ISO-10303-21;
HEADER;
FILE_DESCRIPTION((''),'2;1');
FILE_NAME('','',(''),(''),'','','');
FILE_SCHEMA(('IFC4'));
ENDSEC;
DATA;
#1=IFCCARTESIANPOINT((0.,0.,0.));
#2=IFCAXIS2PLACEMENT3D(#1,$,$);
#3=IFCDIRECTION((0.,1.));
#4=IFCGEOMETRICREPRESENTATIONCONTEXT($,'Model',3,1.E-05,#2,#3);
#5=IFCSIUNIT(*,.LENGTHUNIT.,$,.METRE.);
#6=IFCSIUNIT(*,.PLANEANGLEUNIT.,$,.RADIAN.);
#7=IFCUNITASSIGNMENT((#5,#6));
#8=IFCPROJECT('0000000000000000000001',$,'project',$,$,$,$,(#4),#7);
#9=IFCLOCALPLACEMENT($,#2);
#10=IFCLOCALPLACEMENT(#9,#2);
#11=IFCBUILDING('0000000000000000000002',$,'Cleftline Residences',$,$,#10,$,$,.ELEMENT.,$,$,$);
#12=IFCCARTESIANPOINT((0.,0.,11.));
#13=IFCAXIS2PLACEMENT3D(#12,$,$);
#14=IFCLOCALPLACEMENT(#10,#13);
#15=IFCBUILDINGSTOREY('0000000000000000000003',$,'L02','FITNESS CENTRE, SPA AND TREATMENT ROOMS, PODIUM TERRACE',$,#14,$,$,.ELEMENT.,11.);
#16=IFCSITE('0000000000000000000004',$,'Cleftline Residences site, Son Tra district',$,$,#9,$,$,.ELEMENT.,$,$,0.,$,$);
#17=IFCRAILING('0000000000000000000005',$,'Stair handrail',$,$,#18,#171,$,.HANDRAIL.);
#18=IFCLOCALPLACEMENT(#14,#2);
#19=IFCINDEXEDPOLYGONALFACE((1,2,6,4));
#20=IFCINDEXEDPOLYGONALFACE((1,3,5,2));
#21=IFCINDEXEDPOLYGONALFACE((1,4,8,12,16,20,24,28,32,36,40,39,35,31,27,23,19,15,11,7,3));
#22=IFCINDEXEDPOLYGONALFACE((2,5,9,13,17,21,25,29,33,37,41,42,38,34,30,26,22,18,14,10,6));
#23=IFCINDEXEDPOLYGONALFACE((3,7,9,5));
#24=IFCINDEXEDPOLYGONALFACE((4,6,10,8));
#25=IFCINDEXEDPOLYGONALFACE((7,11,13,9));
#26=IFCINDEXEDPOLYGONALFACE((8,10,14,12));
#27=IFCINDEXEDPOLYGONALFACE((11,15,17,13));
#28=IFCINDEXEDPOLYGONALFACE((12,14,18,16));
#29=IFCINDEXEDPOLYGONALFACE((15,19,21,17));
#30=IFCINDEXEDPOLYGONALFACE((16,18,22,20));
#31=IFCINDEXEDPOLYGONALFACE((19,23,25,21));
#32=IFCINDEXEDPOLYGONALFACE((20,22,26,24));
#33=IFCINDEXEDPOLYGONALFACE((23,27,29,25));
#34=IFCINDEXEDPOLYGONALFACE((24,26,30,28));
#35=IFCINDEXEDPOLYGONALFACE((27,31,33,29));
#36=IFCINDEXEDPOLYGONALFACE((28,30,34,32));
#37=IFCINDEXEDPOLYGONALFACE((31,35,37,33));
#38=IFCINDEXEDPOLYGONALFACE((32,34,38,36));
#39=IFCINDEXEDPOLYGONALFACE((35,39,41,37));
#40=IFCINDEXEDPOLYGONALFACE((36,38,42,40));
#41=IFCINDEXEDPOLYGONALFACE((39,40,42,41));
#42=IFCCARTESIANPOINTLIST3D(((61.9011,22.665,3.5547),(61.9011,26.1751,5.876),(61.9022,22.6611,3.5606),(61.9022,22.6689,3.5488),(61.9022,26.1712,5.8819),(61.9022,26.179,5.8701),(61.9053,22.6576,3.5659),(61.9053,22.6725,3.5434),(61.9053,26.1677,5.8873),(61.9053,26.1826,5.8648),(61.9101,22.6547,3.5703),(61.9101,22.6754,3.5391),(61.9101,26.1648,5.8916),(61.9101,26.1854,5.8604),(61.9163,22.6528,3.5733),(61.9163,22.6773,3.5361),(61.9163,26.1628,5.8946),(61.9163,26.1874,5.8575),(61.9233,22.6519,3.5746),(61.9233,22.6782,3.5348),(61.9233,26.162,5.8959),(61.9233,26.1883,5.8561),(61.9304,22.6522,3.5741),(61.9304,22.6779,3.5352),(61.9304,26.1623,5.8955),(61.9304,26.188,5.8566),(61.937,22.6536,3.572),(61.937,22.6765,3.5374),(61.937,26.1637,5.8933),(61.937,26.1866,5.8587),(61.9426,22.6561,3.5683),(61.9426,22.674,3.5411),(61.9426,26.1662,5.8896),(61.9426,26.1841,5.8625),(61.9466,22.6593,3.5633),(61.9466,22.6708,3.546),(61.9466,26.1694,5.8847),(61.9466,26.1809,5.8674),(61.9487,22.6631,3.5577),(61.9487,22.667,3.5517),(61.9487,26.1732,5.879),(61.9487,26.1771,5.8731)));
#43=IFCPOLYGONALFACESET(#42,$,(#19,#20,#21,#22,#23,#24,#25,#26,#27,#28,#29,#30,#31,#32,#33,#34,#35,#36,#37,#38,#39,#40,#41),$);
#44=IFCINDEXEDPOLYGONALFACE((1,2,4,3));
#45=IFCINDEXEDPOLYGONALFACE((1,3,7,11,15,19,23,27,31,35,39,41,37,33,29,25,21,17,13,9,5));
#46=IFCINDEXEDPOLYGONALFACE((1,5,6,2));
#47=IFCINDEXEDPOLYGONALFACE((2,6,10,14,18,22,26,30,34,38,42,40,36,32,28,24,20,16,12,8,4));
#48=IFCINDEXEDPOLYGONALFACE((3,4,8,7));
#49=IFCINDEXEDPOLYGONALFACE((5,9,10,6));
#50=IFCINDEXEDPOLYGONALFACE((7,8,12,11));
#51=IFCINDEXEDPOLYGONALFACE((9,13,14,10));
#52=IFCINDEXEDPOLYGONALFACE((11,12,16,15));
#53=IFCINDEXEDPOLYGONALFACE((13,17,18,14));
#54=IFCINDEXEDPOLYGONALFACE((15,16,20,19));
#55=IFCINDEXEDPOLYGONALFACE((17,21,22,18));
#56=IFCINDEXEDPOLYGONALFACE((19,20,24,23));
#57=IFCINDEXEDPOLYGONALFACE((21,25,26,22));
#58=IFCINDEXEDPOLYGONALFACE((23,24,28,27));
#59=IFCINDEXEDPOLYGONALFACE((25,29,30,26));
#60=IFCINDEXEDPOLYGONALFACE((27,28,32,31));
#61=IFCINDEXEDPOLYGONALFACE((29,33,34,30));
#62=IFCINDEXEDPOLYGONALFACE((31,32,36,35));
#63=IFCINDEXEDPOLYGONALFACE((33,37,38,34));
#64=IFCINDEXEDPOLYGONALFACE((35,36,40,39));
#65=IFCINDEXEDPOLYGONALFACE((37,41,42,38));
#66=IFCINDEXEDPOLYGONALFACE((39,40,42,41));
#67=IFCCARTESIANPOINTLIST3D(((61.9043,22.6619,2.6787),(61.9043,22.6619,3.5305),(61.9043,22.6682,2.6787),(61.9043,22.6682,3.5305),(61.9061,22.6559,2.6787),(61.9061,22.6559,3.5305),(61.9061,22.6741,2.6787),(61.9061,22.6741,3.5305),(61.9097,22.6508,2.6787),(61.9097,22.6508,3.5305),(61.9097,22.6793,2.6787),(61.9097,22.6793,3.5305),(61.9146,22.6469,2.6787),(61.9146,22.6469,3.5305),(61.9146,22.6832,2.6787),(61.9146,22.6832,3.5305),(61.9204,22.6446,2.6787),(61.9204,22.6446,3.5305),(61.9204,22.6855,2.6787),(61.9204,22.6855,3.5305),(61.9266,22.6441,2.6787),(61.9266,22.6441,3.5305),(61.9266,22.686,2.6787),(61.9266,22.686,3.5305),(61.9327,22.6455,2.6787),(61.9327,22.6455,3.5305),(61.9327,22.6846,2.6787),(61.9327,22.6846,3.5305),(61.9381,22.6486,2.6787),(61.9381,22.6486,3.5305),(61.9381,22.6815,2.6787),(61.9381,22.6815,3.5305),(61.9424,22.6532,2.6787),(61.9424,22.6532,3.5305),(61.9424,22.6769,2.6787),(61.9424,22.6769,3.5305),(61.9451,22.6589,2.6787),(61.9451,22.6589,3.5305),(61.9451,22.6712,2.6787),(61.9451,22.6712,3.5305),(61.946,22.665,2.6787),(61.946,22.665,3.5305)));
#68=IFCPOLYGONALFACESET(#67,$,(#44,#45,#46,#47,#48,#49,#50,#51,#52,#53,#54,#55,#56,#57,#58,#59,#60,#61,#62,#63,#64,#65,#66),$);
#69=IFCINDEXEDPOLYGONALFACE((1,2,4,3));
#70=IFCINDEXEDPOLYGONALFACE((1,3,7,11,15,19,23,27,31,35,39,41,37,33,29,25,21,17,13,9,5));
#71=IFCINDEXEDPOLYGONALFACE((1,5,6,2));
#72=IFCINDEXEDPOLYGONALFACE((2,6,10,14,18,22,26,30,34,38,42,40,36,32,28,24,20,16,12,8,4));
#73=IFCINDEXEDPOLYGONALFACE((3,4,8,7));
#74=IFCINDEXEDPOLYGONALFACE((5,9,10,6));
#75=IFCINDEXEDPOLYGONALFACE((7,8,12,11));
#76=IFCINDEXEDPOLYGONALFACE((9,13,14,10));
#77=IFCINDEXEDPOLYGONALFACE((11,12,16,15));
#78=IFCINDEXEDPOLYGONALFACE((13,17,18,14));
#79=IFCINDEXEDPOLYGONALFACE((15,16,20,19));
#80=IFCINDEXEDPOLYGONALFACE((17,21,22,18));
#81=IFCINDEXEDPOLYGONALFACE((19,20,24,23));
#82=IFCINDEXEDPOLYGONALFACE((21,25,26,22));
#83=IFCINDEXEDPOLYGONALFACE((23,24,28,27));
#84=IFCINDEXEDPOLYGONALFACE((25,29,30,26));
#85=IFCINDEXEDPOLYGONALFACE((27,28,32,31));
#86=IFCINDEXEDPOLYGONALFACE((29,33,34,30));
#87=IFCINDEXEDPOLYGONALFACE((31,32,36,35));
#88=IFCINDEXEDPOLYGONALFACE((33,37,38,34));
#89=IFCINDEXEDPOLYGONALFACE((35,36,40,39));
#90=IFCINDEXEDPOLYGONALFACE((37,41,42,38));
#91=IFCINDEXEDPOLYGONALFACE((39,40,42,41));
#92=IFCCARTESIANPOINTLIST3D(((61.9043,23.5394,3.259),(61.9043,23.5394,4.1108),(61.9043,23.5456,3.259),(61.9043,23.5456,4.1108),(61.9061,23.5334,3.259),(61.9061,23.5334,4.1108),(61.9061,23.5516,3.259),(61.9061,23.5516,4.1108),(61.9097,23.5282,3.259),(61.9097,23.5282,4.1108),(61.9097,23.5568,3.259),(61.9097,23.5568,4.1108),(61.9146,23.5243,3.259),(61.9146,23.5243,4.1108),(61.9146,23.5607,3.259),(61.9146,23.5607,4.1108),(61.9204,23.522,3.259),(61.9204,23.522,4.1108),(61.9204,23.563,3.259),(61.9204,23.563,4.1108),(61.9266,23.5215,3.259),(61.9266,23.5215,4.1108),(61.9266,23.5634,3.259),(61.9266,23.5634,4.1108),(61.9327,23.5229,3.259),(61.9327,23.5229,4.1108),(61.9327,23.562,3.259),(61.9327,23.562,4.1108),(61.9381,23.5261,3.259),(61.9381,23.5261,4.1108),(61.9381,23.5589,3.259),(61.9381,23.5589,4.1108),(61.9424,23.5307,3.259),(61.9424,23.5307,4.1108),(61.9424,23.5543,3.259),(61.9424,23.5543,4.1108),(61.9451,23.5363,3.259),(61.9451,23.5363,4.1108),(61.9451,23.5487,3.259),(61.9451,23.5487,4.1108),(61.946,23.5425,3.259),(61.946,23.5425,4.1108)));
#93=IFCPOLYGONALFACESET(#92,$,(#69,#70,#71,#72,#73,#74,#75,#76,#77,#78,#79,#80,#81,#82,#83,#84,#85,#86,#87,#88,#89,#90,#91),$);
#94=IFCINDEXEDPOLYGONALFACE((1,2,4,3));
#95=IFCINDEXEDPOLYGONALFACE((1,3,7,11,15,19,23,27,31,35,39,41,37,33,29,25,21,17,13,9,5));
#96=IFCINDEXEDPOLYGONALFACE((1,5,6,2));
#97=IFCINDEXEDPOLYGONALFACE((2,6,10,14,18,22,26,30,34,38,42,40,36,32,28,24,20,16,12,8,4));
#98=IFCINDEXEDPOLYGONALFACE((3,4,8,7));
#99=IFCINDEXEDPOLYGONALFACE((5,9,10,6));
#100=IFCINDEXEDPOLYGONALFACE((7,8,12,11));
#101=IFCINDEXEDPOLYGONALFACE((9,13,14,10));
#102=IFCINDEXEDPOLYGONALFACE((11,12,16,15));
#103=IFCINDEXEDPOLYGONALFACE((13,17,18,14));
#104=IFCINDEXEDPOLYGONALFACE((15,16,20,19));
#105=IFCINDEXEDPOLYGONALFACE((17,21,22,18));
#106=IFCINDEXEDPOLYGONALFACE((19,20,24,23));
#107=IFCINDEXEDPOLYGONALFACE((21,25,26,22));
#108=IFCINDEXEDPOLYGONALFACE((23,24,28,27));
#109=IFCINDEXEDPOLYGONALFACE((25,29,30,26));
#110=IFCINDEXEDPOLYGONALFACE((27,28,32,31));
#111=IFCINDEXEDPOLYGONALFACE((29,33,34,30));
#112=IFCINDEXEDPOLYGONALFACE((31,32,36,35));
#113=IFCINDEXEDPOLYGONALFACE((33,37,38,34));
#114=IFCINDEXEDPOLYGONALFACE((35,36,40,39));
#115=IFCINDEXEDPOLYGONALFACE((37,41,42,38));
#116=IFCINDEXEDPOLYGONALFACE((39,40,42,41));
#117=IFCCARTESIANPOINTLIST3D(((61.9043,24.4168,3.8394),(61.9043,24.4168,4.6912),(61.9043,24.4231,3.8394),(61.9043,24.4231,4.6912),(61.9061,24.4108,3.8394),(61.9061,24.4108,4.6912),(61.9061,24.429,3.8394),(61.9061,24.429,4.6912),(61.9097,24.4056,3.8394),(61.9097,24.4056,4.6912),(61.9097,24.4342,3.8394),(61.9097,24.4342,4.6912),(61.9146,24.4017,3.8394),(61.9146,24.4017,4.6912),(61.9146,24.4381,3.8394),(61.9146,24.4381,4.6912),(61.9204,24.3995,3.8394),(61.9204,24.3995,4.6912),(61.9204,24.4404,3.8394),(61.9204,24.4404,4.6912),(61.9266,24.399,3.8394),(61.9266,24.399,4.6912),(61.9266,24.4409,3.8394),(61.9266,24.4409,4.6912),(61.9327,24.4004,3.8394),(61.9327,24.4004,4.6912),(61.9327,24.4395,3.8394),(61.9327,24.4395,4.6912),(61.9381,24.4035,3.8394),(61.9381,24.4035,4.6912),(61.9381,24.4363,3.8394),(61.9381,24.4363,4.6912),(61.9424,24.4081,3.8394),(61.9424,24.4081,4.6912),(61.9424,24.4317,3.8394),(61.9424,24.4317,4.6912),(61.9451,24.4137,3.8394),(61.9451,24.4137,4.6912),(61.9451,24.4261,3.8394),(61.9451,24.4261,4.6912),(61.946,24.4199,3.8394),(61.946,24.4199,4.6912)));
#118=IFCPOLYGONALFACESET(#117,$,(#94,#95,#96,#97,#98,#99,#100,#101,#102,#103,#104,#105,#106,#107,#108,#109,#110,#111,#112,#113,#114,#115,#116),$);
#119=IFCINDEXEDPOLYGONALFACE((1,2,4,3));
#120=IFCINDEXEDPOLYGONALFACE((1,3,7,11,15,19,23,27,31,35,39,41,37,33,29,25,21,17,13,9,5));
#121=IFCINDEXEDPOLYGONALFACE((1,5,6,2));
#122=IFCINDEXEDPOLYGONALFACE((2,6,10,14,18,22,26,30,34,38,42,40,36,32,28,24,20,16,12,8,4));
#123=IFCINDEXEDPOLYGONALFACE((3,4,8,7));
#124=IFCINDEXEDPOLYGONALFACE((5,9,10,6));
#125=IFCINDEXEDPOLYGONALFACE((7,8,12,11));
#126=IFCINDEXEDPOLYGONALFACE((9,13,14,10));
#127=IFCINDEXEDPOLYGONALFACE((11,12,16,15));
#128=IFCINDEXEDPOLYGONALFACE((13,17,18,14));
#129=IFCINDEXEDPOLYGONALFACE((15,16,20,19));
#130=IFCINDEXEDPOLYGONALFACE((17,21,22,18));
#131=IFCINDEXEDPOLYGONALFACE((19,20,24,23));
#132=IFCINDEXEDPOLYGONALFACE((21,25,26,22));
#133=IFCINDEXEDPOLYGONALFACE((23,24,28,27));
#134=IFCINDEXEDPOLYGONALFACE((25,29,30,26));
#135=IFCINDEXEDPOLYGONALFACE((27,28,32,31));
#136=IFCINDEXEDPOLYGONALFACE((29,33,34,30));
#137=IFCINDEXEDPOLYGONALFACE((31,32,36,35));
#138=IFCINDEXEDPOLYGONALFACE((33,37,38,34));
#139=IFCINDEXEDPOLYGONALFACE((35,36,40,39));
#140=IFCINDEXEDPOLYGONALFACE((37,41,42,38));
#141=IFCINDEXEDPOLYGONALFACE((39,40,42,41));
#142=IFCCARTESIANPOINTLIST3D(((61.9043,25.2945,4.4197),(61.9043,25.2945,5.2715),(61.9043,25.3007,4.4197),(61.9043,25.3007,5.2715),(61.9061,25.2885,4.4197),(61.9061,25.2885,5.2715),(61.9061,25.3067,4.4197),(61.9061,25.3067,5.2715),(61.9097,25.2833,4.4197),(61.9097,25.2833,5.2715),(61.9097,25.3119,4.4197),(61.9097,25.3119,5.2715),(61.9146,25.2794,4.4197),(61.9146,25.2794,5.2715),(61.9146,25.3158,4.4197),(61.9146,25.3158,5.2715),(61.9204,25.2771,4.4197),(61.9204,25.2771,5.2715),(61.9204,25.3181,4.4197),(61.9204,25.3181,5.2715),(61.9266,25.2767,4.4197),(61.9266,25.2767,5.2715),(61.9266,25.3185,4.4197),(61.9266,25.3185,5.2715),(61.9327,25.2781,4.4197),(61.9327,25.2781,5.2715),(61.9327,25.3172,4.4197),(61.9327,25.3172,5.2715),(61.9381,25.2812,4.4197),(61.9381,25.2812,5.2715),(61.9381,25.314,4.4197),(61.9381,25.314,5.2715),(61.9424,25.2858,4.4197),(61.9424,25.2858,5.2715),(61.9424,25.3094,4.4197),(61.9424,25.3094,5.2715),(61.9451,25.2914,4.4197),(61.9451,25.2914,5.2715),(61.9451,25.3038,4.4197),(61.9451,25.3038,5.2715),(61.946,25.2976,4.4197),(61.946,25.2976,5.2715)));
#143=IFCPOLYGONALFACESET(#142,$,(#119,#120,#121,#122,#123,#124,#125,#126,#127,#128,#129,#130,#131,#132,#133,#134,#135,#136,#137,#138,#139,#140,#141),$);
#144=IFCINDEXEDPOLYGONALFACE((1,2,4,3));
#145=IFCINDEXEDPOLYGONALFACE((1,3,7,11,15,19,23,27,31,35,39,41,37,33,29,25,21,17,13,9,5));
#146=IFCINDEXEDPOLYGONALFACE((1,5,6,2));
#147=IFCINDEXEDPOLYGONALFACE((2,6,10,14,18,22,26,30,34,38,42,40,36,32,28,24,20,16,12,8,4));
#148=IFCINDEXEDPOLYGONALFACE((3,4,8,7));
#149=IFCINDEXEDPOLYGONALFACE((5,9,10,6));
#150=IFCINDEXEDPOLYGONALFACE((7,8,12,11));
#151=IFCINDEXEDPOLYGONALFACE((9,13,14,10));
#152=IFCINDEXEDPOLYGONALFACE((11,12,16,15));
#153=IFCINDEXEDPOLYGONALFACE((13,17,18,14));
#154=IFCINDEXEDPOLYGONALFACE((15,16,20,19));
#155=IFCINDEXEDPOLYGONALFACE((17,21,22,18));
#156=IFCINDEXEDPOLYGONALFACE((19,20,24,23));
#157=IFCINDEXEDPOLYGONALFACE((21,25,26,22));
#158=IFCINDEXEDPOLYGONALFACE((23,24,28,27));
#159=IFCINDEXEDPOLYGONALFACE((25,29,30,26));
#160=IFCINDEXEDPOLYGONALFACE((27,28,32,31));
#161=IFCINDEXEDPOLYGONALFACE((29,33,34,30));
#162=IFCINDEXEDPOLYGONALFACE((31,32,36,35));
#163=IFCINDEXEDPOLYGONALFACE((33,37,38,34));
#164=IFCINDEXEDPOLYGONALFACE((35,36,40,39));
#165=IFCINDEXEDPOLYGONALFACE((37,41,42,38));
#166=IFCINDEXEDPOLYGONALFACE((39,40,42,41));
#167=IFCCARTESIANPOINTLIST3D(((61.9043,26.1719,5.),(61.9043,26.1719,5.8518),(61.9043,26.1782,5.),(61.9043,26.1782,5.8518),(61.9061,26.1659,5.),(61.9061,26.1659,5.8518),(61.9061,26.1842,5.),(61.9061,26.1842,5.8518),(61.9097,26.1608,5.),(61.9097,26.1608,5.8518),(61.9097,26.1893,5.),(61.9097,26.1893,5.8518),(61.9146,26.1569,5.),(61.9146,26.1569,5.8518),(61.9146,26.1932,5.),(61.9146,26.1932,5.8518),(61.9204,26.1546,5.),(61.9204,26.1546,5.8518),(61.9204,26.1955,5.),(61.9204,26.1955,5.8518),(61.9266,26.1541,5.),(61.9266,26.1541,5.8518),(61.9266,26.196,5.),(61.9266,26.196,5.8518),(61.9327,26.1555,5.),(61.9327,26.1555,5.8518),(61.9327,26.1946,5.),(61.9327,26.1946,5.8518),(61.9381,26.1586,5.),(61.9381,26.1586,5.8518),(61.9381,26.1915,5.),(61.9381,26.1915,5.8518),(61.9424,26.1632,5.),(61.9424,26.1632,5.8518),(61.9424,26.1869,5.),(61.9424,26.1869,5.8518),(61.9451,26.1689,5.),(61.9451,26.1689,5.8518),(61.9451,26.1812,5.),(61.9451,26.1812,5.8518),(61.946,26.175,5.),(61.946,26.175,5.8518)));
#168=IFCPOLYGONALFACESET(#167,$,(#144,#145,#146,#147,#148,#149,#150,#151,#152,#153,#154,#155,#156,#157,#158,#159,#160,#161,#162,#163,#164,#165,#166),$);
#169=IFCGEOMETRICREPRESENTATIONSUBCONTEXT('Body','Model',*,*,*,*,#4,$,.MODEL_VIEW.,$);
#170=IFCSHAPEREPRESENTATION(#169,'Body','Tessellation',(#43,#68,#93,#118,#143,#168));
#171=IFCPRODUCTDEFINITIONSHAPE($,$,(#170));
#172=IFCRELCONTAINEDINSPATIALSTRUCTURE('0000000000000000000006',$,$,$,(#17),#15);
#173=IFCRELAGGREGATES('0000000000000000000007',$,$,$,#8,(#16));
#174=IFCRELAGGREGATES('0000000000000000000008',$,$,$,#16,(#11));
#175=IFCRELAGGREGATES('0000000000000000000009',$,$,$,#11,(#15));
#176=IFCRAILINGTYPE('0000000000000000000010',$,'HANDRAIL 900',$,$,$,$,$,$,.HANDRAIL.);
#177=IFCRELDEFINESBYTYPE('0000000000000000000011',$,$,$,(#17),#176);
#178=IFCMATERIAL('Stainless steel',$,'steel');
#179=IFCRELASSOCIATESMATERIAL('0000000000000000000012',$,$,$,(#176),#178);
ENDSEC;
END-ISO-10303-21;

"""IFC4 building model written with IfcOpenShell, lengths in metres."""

from ifc_helpers import new_model, si_unit, direction, frame, origin, origin_2d, place, context, subcontext, project, spatial, circle, extrude, material, type_object, element, save


model = new_model("IFC4")

# Units and contexts
model_context = context("Model", 3, precision=1e-05, world=origin(), true_north=direction((0.0, 1.0)))
body_context = subcontext(model_context, "Body", "Model", "MODEL_VIEW")
ifc_project = project(units=[si_unit("LENGTHUNIT", "METRE"), si_unit("PLANEANGLEUNIT", "RADIAN")], contexts=[model_context])

# Site, building, storey
site_placement = place(None, origin())
site = spatial("IfcSite", under=ifc_project, at=site_placement, Name="Cleftline Residences site, Son Tra district", CompositionType="ELEMENT", RefElevation=0.0)
building_placement = place(site_placement, origin())
building = spatial("IfcBuilding", under=site, at=building_placement, Name="Cleftline Residences", CompositionType="ELEMENT")
storey_placement = place(building_placement, frame((0.0, 0.0, 11.0)))
storey = spatial("IfcBuildingStorey", under=building, at=storey_placement, Name="L02", Description="FITNESS CENTRE, SPA AND TREATMENT ROOMS, PODIUM TERRACE", CompositionType="ELEMENT", Elevation=11.0)

# Railing
ifc_material_1 = material(Name="Stainless steel", Category="steel")
railing_type = type_object("IfcRailingType", Name="HANDRAIL 900", PredefinedType="HANDRAIL", material=ifc_material_1)
railing_1_placement = place(storey_placement, frame((61.925, 22.665, 2.6787)))
element("IfcRailing", 1, at=railing_1_placement, inside=storey, type_object=railing_type, Name="Stair handrail", PredefinedType="HANDRAIL", context=body_context, shape_type="SweptSolid", body=[
    extrude(circle(Radius=0.0239, at=origin_2d()), frame((0.0, 0.0, 0.876), z_axis=(0.0, 0.834097, 0.551617), x_axis=(-1.0, 0.0, 0.0)), (0.0, 0.0, 1.0), 4.2083),
    extrude(circle(Radius=0.021, at=origin_2d()), origin(), (0.0, 0.0, 1.0), 0.8518),
    extrude(circle(Radius=0.021, at=origin_2d()), frame((0.0, 0.8774, 0.5803)), (0.0, 0.0, 1.0), 0.8518),
    extrude(circle(Radius=0.021, at=origin_2d()), frame((0.0, 1.7549, 1.1606)), (0.0, 0.0, 1.0), 0.8518),
    extrude(circle(Radius=0.021, at=origin_2d()), frame((0.0, 2.6326, 1.741)), (0.0, 0.0, 1.0), 0.8518),
    extrude(circle(Radius=0.021, at=origin_2d()), frame((0.0, 3.51, 2.3213)), (0.0, 0.0, 1.0), 0.8518),
])

save(model, "model.ifc")
